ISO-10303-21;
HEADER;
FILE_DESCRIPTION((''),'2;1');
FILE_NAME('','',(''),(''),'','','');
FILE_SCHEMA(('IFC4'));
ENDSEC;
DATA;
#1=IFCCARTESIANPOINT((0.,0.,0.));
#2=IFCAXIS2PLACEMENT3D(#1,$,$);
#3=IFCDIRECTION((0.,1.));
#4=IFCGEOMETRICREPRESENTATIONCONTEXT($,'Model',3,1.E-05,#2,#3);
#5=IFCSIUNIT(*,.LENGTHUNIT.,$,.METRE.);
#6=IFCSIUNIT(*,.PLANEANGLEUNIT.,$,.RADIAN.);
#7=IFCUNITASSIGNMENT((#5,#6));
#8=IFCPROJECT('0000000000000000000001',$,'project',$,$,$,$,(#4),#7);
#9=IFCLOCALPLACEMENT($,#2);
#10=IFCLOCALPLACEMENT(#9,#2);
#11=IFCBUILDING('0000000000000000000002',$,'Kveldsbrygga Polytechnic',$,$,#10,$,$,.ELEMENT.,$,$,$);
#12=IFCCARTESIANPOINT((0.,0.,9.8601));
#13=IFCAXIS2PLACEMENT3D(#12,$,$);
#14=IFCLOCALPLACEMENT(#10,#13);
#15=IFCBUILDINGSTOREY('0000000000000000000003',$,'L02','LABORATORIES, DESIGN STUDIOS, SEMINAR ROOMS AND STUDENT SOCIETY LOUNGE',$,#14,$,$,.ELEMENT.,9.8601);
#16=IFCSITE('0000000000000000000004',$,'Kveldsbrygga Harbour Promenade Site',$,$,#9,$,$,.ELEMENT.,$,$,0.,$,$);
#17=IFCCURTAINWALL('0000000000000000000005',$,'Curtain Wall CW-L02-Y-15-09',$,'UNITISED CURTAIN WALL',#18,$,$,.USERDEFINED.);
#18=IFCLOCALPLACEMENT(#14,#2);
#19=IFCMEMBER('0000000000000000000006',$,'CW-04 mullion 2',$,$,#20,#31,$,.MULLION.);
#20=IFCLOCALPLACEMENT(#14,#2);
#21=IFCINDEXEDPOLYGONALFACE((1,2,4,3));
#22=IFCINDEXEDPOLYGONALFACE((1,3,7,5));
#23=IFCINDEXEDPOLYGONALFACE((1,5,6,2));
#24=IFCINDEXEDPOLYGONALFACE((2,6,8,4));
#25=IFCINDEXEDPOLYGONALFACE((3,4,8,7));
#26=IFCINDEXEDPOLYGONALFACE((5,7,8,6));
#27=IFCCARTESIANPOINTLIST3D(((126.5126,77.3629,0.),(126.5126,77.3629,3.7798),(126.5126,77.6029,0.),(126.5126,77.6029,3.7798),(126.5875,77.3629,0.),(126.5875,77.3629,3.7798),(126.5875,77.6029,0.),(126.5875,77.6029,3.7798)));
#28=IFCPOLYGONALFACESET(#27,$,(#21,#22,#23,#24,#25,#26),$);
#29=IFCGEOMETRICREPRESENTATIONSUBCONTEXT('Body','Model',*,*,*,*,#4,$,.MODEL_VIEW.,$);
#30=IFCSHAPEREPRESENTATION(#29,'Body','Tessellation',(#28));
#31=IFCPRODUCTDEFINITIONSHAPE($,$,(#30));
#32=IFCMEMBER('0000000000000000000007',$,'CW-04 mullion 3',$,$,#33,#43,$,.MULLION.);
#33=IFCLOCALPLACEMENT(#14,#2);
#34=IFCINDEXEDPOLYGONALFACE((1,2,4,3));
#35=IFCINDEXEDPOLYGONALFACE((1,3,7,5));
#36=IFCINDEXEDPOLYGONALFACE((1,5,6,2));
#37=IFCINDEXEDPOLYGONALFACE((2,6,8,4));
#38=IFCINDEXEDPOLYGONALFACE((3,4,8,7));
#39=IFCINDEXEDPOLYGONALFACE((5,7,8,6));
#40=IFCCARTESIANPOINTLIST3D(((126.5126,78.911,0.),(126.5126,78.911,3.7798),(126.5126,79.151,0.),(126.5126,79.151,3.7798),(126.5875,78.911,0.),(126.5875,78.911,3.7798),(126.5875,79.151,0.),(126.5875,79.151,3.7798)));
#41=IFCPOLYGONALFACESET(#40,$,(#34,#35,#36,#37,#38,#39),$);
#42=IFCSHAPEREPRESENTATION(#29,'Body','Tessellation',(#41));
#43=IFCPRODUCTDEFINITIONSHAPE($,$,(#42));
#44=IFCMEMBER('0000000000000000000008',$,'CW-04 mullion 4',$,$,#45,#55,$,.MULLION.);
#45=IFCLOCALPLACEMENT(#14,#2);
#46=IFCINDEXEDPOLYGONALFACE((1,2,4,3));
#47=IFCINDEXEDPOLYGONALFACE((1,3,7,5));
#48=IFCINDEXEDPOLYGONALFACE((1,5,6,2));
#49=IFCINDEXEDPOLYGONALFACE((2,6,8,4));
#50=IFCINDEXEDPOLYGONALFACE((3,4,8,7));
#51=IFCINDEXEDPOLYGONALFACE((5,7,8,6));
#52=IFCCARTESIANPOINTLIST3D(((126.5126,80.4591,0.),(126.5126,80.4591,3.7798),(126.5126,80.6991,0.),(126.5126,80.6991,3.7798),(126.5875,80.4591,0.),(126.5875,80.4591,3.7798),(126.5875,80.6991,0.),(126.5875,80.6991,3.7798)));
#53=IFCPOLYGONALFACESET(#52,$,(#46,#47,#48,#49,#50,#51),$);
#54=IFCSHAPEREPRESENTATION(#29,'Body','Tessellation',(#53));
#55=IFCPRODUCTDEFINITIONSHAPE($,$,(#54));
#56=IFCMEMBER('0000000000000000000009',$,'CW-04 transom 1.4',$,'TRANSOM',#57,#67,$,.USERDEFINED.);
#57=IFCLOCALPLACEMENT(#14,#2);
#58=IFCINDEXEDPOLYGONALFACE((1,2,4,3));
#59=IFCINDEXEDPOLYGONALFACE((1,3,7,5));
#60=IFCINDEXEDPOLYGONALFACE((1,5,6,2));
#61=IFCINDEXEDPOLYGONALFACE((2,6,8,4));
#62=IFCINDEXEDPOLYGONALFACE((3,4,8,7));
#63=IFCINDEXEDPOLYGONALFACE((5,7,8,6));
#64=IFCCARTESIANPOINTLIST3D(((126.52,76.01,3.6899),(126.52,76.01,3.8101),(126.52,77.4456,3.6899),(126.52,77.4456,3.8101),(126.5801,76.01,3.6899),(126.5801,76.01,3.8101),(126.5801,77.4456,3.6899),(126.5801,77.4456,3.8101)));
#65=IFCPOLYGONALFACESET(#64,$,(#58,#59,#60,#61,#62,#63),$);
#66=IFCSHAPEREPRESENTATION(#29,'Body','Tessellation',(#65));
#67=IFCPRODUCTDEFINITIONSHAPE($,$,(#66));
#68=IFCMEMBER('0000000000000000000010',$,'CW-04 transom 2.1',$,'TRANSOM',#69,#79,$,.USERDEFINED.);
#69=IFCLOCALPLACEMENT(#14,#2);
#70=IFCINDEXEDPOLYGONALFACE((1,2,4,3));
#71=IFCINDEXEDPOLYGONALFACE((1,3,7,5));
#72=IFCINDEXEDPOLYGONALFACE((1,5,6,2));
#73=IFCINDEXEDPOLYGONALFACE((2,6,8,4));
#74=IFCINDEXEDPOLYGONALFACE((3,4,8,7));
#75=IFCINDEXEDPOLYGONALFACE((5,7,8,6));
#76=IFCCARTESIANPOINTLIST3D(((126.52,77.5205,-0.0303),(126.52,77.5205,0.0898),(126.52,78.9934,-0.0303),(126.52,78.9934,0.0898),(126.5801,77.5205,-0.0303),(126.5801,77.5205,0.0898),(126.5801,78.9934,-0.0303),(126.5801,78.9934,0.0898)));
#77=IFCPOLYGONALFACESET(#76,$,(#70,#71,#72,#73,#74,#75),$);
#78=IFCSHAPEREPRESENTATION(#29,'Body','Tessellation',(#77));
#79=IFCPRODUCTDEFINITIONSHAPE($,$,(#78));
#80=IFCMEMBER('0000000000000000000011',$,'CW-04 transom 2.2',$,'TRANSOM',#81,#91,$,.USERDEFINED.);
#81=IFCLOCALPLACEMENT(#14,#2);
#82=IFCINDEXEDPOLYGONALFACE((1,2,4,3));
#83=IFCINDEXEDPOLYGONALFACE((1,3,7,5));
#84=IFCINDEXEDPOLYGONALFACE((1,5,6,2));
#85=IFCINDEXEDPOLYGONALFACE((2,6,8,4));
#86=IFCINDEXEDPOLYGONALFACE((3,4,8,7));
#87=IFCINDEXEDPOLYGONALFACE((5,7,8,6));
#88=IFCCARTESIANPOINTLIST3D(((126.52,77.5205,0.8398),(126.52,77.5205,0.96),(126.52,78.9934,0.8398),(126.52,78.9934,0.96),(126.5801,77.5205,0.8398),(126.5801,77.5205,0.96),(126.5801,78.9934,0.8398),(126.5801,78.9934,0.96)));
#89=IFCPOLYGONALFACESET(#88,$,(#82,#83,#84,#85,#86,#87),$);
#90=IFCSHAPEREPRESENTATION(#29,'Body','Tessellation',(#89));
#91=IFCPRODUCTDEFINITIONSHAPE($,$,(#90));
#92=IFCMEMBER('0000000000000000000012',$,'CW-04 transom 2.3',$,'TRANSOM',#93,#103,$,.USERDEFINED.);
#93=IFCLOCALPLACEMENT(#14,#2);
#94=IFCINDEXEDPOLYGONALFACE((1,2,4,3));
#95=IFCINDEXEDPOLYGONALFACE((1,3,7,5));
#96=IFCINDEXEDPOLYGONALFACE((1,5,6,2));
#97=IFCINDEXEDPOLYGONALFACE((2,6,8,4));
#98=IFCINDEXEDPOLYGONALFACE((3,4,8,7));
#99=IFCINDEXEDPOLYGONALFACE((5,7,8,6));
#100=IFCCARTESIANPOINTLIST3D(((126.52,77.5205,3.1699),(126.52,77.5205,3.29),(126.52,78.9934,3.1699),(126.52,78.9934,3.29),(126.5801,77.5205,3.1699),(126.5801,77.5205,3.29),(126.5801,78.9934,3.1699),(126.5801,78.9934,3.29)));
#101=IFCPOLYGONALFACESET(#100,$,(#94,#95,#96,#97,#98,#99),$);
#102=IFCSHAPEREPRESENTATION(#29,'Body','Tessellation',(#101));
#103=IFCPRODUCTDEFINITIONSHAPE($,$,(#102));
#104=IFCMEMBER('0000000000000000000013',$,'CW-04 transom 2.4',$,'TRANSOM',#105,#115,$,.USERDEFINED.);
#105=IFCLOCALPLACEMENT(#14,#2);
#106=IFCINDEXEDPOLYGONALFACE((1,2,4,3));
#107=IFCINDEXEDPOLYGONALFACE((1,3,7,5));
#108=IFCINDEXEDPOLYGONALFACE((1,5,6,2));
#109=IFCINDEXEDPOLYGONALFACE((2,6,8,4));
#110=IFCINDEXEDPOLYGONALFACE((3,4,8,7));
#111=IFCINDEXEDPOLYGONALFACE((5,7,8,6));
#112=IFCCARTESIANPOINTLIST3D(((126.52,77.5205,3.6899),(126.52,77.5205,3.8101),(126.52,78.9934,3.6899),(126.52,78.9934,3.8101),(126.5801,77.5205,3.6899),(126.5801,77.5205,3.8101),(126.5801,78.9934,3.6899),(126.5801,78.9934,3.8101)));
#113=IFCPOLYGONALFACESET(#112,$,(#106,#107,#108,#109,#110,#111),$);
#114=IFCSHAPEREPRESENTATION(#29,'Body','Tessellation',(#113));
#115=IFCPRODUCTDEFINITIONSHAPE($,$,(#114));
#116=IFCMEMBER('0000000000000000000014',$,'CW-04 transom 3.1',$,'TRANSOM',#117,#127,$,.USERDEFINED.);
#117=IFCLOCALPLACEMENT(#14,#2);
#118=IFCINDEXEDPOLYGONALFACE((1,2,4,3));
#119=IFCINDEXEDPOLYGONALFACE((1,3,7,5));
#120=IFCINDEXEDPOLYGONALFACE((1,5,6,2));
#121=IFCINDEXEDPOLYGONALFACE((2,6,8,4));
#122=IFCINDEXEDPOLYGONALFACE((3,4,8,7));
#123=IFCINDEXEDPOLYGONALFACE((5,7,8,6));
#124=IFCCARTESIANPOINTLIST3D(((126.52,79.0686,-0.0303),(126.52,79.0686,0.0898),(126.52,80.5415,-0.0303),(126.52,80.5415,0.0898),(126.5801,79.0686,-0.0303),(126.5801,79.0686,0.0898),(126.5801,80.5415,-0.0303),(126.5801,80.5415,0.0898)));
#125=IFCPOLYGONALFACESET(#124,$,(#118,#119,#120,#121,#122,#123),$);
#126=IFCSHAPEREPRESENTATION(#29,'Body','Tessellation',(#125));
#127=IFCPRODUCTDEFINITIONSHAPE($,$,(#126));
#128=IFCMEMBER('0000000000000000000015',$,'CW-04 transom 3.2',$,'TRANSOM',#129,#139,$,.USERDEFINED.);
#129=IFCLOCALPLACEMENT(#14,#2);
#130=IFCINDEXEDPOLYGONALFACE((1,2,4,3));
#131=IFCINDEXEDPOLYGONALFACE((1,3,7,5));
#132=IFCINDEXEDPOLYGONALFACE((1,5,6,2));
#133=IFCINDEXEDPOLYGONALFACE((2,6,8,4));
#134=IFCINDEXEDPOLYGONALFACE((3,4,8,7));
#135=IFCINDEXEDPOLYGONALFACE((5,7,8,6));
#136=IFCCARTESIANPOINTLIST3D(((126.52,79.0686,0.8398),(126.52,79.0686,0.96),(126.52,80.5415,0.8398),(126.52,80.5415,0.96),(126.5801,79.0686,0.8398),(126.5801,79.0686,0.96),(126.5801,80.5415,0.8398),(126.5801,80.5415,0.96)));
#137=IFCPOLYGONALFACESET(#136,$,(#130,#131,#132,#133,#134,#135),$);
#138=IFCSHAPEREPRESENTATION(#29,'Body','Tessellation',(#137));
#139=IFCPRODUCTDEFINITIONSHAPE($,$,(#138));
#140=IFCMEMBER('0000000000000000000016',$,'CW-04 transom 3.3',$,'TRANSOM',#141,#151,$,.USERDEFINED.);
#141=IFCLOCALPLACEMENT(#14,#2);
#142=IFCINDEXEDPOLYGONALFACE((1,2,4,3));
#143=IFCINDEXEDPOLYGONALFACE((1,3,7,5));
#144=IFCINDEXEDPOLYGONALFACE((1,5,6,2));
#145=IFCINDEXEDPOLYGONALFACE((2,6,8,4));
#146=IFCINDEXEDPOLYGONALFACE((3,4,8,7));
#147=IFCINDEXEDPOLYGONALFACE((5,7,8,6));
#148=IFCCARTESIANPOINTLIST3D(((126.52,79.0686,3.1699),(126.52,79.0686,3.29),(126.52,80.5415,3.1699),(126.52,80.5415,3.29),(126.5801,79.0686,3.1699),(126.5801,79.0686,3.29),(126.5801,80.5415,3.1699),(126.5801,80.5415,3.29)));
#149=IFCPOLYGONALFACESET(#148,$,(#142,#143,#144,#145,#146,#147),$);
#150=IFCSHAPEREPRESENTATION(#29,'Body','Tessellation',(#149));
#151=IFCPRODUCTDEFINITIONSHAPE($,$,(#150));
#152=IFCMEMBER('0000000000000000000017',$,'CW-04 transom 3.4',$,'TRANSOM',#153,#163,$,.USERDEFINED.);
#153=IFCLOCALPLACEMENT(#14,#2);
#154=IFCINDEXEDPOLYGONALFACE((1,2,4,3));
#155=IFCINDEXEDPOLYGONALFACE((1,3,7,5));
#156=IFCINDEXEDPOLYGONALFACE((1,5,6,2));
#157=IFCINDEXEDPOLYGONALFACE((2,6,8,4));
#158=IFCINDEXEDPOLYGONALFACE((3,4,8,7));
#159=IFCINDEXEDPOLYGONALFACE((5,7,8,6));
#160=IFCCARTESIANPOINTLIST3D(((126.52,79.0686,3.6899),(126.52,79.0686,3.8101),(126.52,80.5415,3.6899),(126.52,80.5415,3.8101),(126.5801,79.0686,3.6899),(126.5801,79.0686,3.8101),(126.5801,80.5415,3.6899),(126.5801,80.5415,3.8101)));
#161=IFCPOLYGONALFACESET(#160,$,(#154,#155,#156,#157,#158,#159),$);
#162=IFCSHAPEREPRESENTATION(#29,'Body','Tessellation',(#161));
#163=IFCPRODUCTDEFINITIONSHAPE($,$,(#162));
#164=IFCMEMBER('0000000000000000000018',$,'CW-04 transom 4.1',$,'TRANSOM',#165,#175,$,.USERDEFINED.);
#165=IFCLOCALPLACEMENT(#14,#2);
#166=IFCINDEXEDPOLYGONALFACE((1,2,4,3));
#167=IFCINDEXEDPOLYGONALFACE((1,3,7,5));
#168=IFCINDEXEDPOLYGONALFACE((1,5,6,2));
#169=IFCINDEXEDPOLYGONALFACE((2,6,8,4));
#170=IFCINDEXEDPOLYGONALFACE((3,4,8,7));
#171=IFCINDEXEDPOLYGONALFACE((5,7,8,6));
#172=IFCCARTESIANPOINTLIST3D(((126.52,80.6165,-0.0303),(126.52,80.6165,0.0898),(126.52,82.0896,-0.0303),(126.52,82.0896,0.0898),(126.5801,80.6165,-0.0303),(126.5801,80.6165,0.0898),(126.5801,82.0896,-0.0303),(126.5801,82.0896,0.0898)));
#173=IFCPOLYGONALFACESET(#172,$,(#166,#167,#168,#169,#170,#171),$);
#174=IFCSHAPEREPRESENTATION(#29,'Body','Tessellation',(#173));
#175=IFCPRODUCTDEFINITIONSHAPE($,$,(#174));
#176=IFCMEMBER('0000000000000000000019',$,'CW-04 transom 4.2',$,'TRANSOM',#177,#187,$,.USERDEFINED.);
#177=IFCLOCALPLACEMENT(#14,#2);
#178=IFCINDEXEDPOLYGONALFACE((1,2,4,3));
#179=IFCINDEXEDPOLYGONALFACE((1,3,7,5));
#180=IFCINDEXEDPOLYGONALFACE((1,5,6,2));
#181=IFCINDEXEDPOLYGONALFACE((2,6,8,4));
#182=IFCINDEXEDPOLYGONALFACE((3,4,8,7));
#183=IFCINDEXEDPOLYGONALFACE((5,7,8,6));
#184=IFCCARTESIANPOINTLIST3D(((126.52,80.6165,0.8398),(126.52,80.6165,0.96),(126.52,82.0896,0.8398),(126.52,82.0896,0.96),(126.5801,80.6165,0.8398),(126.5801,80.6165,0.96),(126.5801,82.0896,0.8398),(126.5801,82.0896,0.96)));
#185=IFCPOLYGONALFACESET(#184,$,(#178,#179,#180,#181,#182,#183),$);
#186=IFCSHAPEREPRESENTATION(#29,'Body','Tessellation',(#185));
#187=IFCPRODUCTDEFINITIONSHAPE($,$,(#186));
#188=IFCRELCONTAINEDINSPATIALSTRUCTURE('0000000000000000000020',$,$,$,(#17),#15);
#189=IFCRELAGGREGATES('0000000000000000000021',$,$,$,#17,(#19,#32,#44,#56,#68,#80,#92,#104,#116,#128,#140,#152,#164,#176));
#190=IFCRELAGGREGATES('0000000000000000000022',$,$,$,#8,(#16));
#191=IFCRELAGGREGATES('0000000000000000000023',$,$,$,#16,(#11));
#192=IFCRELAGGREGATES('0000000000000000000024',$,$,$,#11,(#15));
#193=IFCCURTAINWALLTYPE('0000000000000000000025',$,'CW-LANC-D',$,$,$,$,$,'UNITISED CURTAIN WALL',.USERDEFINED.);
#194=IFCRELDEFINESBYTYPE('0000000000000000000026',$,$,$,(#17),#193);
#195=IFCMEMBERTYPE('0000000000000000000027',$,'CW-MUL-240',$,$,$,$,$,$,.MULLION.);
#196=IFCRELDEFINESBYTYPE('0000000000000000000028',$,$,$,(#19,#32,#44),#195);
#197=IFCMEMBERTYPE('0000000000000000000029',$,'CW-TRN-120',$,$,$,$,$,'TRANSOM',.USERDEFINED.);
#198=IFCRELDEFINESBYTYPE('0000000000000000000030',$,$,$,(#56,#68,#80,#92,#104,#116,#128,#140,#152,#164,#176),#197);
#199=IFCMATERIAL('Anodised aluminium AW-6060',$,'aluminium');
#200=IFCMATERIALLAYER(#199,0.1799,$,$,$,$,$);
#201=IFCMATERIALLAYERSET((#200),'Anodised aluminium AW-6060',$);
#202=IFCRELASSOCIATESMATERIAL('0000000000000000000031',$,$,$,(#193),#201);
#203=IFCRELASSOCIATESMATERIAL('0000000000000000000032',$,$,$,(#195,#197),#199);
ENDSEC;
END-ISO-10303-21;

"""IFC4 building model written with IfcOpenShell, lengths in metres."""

from ifc_helpers import new_model, si_unit, direction, frame, origin, origin_2d, place, context, subcontext, project, spatial, rectangle, extrude, material, layer, layer_set, material_profile, profile_set, type_object, element, aggregate, save


model = new_model("IFC4")

# Units and contexts
model_context = context("Model", 3, precision=1e-05, world=origin(), true_north=direction((0.0, 1.0)))
body_context = subcontext(model_context, "Body", "Model", "MODEL_VIEW")
ifc_project = project(units=[si_unit("LENGTHUNIT", "METRE"), si_unit("PLANEANGLEUNIT", "RADIAN")], contexts=[model_context])

# Site, building, storey
site_placement = place(None, origin())
site = spatial("IfcSite", under=ifc_project, at=site_placement, Name="Kveldsbrygga Harbour Promenade Site", CompositionType="ELEMENT", RefElevation=0.0)
building_placement = place(site_placement, origin())
building = spatial("IfcBuilding", under=site, at=building_placement, Name="Kveldsbrygga Polytechnic", CompositionType="ELEMENT")
storey_placement = place(building_placement, frame((0.0, 0.0, 9.8601)))
storey = spatial("IfcBuildingStorey", under=building, at=storey_placement, Name="L02", Description="LABORATORIES, DESIGN STUDIOS, SEMINAR ROOMS AND STUDENT SOCIETY LOUNGE", CompositionType="ELEMENT", Elevation=9.8601)

# Curtain wall, members
ifc_material_1 = material(Name="Anodised aluminium AW-6060", Category="aluminium")
ifc_layer_1 = layer(ifc_material_1, 0.1799)
ifc_layer_set_1 = layer_set([ifc_layer_1], Name="Anodised aluminium AW-6060")
curtain_wall_type = type_object("IfcCurtainWallType", Name="CW-LANC-D", ElementType="UNITISED CURTAIN WALL", PredefinedType="USERDEFINED", material=ifc_layer_set_1)
curtain_wall_placement = place(storey_placement, origin())
curtain_wall = element("IfcCurtainWall", 1, at=curtain_wall_placement, inside=storey, type_object=curtain_wall_type, Name="Curtain Wall CW-L02-Y-15-09", ObjectType="UNITISED CURTAIN WALL", PredefinedType="USERDEFINED")
ifc_material_profile_1 = material_profile(ifc_material_1, rectangle(XDim=0.075, YDim=0.24, at=origin_2d()), Name="ALU 75x240")
ifc_profile_set_1 = profile_set([ifc_material_profile_1], Name="Anodised aluminium AW-6060")
member_type_1 = type_object("IfcMemberType", Name="CW-MUL-240", PredefinedType="MULLION", material=ifc_profile_set_1)
member_1_placement = place(storey_placement, frame((126.55, 77.4829, 0.0), z_axis=(0.0, 0.0, 1.0), x_axis=(-1.0, 0.0, 0.0)))
member_1 = element("IfcMember", 2, at=member_1_placement, type_object=member_type_1, Name="CW-04 mullion 2", PredefinedType="MULLION", context=body_context, shape_type="SweptSolid", body=[
    extrude(rectangle(XDim=0.075, YDim=0.24, at=origin_2d()), origin(), (0.0, 0.0, 1.0), 3.7798),
])
member_2_placement = place(storey_placement, frame((126.55, 79.031, 0.0), z_axis=(0.0, 0.0, 1.0), x_axis=(-1.0, 0.0, 0.0)))
member_2 = element("IfcMember", 3, at=member_2_placement, type_object=member_type_1, Name="CW-04 mullion 3", PredefinedType="MULLION", context=body_context, shape_type="SweptSolid", body=[
    extrude(rectangle(XDim=0.075, YDim=0.24, at=origin_2d()), origin(), (0.0, 0.0, 1.0), 3.7798),
])
member_3_placement = place(storey_placement, frame((126.55, 80.5791, 0.0), z_axis=(0.0, 0.0, 1.0), x_axis=(-1.0, 0.0, 0.0)))
member_3 = element("IfcMember", 4, at=member_3_placement, type_object=member_type_1, Name="CW-04 mullion 4", PredefinedType="MULLION", context=body_context, shape_type="SweptSolid", body=[
    extrude(rectangle(XDim=0.075, YDim=0.24, at=origin_2d()), origin(), (0.0, 0.0, 1.0), 3.7798),
])
ifc_material_profile_2 = material_profile(ifc_material_1, rectangle(XDim=0.0601, YDim=0.1201, at=origin_2d()), Name="ALU 60x120")
ifc_profile_set_2 = profile_set([ifc_material_profile_2], Name="Anodised aluminium AW-6060")
member_type_2 = type_object("IfcMemberType", Name="CW-TRN-120", ElementType="TRANSOM", PredefinedType="USERDEFINED", material=ifc_profile_set_2)
member_4_placement = place(storey_placement, frame((126.55, 76.01, 3.75), z_axis=(0.0, 1.0, 0.0), x_axis=(-1.0, 0.0, 0.0)))
member_4 = element("IfcMember", 5, at=member_4_placement, type_object=member_type_2, Name="CW-04 transom 1.4", ObjectType="TRANSOM", PredefinedType="USERDEFINED", context=body_context, shape_type="SweptSolid", body=[
    extrude(rectangle(XDim=0.0601, YDim=0.1201, at=origin_2d()), origin(), (0.0, 0.0, 1.0), 1.4355),
])
member_5_placement = place(storey_placement, frame((126.55, 77.5205, 0.0298), z_axis=(0.0, 1.0, 0.0), x_axis=(-1.0, 0.0, 0.0)))
member_5 = element("IfcMember", 6, at=member_5_placement, type_object=member_type_2, Name="CW-04 transom 2.1", ObjectType="TRANSOM", PredefinedType="USERDEFINED", context=body_context, shape_type="SweptSolid", body=[
    extrude(rectangle(XDim=0.0601, YDim=0.1201, at=origin_2d()), origin(), (0.0, 0.0, 1.0), 1.4729),
])
member_6_placement = place(storey_placement, frame((126.55, 77.5205, 0.8999), z_axis=(0.0, 1.0, 0.0), x_axis=(-1.0, 0.0, 0.0)))
member_6 = element("IfcMember", 7, at=member_6_placement, type_object=member_type_2, Name="CW-04 transom 2.2", ObjectType="TRANSOM", PredefinedType="USERDEFINED", context=body_context, shape_type="SweptSolid", body=[
    extrude(rectangle(XDim=0.0601, YDim=0.1201, at=origin_2d()), origin(), (0.0, 0.0, 1.0), 1.4729),
])
member_7_placement = place(storey_placement, frame((126.55, 77.5205, 3.23), z_axis=(0.0, 1.0, 0.0), x_axis=(-1.0, 0.0, 0.0)))
member_7 = element("IfcMember", 8, at=member_7_placement, type_object=member_type_2, Name="CW-04 transom 2.3", ObjectType="TRANSOM", PredefinedType="USERDEFINED", context=body_context, shape_type="SweptSolid", body=[
    extrude(rectangle(XDim=0.0601, YDim=0.1201, at=origin_2d()), origin(), (0.0, 0.0, 1.0), 1.4729),
])
member_8_placement = place(storey_placement, frame((126.55, 77.5205, 3.75), z_axis=(0.0, 1.0, 0.0), x_axis=(-1.0, 0.0, 0.0)))
member_8 = element("IfcMember", 9, at=member_8_placement, type_object=member_type_2, Name="CW-04 transom 2.4", ObjectType="TRANSOM", PredefinedType="USERDEFINED", context=body_context, shape_type="SweptSolid", body=[
    extrude(rectangle(XDim=0.0601, YDim=0.1201, at=origin_2d()), origin(), (0.0, 0.0, 1.0), 1.4729),
])
member_9_placement = place(storey_placement, frame((126.55, 79.0686, 0.0298), z_axis=(0.0, 1.0, 0.0), x_axis=(-1.0, 0.0, 0.0)))
member_9 = element("IfcMember", 10, at=member_9_placement, type_object=member_type_2, Name="CW-04 transom 3.1", ObjectType="TRANSOM", PredefinedType="USERDEFINED", context=body_context, shape_type="SweptSolid", body=[
    extrude(rectangle(XDim=0.0601, YDim=0.1201, at=origin_2d()), origin(), (0.0, 0.0, 1.0), 1.4729),
])
member_10_placement = place(storey_placement, frame((126.55, 79.0686, 0.8999), z_axis=(0.0, 1.0, 0.0), x_axis=(-1.0, 0.0, 0.0)))
member_10 = element("IfcMember", 11, at=member_10_placement, type_object=member_type_2, Name="CW-04 transom 3.2", ObjectType="TRANSOM", PredefinedType="USERDEFINED", context=body_context, shape_type="SweptSolid", body=[
    extrude(rectangle(XDim=0.0601, YDim=0.1201, at=origin_2d()), origin(), (0.0, 0.0, 1.0), 1.4729),
])
member_11_placement = place(storey_placement, frame((126.55, 79.0686, 3.23), z_axis=(0.0, 1.0, 0.0), x_axis=(-1.0, 0.0, 0.0)))
member_11 = element("IfcMember", 12, at=member_11_placement, type_object=member_type_2, Name="CW-04 transom 3.3", ObjectType="TRANSOM", PredefinedType="USERDEFINED", context=body_context, shape_type="SweptSolid", body=[
    extrude(rectangle(XDim=0.0601, YDim=0.1201, at=origin_2d()), origin(), (0.0, 0.0, 1.0), 1.4729),
])
member_12_placement = place(storey_placement, frame((126.55, 79.0686, 3.75), z_axis=(0.0, 1.0, 0.0), x_axis=(-1.0, 0.0, 0.0)))
member_12 = element("IfcMember", 13, at=member_12_placement, type_object=member_type_2, Name="CW-04 transom 3.4", ObjectType="TRANSOM", PredefinedType="USERDEFINED", context=body_context, shape_type="SweptSolid", body=[
    extrude(rectangle(XDim=0.0601, YDim=0.1201, at=origin_2d()), origin(), (0.0, 0.0, 1.0), 1.4729),
])
member_13_placement = place(storey_placement, frame((126.55, 80.6165, 0.0298), z_axis=(0.0, 1.0, 0.0), x_axis=(-1.0, 0.0, 0.0)))
member_13 = element("IfcMember", 14, at=member_13_placement, type_object=member_type_2, Name="CW-04 transom 4.1", ObjectType="TRANSOM", PredefinedType="USERDEFINED", context=body_context, shape_type="SweptSolid", body=[
    extrude(rectangle(XDim=0.0601, YDim=0.1201, at=origin_2d()), origin(), (0.0, 0.0, 1.0), 1.4731),
])
member_14_placement = place(storey_placement, frame((126.55, 80.6165, 0.8999), z_axis=(0.0, 1.0, 0.0), x_axis=(-1.0, 0.0, 0.0)))
member_14 = element("IfcMember", 15, at=member_14_placement, type_object=member_type_2, Name="CW-04 transom 4.2", ObjectType="TRANSOM", PredefinedType="USERDEFINED", context=body_context, shape_type="SweptSolid", body=[
    extrude(rectangle(XDim=0.0601, YDim=0.1201, at=origin_2d()), origin(), (0.0, 0.0, 1.0), 1.4731),
])
aggregate(curtain_wall, [member_1, member_2, member_3, member_4, member_5, member_6, member_7, member_8, member_9, member_10, member_11, member_12, member_13, member_14])

save(model, "model.ifc")
